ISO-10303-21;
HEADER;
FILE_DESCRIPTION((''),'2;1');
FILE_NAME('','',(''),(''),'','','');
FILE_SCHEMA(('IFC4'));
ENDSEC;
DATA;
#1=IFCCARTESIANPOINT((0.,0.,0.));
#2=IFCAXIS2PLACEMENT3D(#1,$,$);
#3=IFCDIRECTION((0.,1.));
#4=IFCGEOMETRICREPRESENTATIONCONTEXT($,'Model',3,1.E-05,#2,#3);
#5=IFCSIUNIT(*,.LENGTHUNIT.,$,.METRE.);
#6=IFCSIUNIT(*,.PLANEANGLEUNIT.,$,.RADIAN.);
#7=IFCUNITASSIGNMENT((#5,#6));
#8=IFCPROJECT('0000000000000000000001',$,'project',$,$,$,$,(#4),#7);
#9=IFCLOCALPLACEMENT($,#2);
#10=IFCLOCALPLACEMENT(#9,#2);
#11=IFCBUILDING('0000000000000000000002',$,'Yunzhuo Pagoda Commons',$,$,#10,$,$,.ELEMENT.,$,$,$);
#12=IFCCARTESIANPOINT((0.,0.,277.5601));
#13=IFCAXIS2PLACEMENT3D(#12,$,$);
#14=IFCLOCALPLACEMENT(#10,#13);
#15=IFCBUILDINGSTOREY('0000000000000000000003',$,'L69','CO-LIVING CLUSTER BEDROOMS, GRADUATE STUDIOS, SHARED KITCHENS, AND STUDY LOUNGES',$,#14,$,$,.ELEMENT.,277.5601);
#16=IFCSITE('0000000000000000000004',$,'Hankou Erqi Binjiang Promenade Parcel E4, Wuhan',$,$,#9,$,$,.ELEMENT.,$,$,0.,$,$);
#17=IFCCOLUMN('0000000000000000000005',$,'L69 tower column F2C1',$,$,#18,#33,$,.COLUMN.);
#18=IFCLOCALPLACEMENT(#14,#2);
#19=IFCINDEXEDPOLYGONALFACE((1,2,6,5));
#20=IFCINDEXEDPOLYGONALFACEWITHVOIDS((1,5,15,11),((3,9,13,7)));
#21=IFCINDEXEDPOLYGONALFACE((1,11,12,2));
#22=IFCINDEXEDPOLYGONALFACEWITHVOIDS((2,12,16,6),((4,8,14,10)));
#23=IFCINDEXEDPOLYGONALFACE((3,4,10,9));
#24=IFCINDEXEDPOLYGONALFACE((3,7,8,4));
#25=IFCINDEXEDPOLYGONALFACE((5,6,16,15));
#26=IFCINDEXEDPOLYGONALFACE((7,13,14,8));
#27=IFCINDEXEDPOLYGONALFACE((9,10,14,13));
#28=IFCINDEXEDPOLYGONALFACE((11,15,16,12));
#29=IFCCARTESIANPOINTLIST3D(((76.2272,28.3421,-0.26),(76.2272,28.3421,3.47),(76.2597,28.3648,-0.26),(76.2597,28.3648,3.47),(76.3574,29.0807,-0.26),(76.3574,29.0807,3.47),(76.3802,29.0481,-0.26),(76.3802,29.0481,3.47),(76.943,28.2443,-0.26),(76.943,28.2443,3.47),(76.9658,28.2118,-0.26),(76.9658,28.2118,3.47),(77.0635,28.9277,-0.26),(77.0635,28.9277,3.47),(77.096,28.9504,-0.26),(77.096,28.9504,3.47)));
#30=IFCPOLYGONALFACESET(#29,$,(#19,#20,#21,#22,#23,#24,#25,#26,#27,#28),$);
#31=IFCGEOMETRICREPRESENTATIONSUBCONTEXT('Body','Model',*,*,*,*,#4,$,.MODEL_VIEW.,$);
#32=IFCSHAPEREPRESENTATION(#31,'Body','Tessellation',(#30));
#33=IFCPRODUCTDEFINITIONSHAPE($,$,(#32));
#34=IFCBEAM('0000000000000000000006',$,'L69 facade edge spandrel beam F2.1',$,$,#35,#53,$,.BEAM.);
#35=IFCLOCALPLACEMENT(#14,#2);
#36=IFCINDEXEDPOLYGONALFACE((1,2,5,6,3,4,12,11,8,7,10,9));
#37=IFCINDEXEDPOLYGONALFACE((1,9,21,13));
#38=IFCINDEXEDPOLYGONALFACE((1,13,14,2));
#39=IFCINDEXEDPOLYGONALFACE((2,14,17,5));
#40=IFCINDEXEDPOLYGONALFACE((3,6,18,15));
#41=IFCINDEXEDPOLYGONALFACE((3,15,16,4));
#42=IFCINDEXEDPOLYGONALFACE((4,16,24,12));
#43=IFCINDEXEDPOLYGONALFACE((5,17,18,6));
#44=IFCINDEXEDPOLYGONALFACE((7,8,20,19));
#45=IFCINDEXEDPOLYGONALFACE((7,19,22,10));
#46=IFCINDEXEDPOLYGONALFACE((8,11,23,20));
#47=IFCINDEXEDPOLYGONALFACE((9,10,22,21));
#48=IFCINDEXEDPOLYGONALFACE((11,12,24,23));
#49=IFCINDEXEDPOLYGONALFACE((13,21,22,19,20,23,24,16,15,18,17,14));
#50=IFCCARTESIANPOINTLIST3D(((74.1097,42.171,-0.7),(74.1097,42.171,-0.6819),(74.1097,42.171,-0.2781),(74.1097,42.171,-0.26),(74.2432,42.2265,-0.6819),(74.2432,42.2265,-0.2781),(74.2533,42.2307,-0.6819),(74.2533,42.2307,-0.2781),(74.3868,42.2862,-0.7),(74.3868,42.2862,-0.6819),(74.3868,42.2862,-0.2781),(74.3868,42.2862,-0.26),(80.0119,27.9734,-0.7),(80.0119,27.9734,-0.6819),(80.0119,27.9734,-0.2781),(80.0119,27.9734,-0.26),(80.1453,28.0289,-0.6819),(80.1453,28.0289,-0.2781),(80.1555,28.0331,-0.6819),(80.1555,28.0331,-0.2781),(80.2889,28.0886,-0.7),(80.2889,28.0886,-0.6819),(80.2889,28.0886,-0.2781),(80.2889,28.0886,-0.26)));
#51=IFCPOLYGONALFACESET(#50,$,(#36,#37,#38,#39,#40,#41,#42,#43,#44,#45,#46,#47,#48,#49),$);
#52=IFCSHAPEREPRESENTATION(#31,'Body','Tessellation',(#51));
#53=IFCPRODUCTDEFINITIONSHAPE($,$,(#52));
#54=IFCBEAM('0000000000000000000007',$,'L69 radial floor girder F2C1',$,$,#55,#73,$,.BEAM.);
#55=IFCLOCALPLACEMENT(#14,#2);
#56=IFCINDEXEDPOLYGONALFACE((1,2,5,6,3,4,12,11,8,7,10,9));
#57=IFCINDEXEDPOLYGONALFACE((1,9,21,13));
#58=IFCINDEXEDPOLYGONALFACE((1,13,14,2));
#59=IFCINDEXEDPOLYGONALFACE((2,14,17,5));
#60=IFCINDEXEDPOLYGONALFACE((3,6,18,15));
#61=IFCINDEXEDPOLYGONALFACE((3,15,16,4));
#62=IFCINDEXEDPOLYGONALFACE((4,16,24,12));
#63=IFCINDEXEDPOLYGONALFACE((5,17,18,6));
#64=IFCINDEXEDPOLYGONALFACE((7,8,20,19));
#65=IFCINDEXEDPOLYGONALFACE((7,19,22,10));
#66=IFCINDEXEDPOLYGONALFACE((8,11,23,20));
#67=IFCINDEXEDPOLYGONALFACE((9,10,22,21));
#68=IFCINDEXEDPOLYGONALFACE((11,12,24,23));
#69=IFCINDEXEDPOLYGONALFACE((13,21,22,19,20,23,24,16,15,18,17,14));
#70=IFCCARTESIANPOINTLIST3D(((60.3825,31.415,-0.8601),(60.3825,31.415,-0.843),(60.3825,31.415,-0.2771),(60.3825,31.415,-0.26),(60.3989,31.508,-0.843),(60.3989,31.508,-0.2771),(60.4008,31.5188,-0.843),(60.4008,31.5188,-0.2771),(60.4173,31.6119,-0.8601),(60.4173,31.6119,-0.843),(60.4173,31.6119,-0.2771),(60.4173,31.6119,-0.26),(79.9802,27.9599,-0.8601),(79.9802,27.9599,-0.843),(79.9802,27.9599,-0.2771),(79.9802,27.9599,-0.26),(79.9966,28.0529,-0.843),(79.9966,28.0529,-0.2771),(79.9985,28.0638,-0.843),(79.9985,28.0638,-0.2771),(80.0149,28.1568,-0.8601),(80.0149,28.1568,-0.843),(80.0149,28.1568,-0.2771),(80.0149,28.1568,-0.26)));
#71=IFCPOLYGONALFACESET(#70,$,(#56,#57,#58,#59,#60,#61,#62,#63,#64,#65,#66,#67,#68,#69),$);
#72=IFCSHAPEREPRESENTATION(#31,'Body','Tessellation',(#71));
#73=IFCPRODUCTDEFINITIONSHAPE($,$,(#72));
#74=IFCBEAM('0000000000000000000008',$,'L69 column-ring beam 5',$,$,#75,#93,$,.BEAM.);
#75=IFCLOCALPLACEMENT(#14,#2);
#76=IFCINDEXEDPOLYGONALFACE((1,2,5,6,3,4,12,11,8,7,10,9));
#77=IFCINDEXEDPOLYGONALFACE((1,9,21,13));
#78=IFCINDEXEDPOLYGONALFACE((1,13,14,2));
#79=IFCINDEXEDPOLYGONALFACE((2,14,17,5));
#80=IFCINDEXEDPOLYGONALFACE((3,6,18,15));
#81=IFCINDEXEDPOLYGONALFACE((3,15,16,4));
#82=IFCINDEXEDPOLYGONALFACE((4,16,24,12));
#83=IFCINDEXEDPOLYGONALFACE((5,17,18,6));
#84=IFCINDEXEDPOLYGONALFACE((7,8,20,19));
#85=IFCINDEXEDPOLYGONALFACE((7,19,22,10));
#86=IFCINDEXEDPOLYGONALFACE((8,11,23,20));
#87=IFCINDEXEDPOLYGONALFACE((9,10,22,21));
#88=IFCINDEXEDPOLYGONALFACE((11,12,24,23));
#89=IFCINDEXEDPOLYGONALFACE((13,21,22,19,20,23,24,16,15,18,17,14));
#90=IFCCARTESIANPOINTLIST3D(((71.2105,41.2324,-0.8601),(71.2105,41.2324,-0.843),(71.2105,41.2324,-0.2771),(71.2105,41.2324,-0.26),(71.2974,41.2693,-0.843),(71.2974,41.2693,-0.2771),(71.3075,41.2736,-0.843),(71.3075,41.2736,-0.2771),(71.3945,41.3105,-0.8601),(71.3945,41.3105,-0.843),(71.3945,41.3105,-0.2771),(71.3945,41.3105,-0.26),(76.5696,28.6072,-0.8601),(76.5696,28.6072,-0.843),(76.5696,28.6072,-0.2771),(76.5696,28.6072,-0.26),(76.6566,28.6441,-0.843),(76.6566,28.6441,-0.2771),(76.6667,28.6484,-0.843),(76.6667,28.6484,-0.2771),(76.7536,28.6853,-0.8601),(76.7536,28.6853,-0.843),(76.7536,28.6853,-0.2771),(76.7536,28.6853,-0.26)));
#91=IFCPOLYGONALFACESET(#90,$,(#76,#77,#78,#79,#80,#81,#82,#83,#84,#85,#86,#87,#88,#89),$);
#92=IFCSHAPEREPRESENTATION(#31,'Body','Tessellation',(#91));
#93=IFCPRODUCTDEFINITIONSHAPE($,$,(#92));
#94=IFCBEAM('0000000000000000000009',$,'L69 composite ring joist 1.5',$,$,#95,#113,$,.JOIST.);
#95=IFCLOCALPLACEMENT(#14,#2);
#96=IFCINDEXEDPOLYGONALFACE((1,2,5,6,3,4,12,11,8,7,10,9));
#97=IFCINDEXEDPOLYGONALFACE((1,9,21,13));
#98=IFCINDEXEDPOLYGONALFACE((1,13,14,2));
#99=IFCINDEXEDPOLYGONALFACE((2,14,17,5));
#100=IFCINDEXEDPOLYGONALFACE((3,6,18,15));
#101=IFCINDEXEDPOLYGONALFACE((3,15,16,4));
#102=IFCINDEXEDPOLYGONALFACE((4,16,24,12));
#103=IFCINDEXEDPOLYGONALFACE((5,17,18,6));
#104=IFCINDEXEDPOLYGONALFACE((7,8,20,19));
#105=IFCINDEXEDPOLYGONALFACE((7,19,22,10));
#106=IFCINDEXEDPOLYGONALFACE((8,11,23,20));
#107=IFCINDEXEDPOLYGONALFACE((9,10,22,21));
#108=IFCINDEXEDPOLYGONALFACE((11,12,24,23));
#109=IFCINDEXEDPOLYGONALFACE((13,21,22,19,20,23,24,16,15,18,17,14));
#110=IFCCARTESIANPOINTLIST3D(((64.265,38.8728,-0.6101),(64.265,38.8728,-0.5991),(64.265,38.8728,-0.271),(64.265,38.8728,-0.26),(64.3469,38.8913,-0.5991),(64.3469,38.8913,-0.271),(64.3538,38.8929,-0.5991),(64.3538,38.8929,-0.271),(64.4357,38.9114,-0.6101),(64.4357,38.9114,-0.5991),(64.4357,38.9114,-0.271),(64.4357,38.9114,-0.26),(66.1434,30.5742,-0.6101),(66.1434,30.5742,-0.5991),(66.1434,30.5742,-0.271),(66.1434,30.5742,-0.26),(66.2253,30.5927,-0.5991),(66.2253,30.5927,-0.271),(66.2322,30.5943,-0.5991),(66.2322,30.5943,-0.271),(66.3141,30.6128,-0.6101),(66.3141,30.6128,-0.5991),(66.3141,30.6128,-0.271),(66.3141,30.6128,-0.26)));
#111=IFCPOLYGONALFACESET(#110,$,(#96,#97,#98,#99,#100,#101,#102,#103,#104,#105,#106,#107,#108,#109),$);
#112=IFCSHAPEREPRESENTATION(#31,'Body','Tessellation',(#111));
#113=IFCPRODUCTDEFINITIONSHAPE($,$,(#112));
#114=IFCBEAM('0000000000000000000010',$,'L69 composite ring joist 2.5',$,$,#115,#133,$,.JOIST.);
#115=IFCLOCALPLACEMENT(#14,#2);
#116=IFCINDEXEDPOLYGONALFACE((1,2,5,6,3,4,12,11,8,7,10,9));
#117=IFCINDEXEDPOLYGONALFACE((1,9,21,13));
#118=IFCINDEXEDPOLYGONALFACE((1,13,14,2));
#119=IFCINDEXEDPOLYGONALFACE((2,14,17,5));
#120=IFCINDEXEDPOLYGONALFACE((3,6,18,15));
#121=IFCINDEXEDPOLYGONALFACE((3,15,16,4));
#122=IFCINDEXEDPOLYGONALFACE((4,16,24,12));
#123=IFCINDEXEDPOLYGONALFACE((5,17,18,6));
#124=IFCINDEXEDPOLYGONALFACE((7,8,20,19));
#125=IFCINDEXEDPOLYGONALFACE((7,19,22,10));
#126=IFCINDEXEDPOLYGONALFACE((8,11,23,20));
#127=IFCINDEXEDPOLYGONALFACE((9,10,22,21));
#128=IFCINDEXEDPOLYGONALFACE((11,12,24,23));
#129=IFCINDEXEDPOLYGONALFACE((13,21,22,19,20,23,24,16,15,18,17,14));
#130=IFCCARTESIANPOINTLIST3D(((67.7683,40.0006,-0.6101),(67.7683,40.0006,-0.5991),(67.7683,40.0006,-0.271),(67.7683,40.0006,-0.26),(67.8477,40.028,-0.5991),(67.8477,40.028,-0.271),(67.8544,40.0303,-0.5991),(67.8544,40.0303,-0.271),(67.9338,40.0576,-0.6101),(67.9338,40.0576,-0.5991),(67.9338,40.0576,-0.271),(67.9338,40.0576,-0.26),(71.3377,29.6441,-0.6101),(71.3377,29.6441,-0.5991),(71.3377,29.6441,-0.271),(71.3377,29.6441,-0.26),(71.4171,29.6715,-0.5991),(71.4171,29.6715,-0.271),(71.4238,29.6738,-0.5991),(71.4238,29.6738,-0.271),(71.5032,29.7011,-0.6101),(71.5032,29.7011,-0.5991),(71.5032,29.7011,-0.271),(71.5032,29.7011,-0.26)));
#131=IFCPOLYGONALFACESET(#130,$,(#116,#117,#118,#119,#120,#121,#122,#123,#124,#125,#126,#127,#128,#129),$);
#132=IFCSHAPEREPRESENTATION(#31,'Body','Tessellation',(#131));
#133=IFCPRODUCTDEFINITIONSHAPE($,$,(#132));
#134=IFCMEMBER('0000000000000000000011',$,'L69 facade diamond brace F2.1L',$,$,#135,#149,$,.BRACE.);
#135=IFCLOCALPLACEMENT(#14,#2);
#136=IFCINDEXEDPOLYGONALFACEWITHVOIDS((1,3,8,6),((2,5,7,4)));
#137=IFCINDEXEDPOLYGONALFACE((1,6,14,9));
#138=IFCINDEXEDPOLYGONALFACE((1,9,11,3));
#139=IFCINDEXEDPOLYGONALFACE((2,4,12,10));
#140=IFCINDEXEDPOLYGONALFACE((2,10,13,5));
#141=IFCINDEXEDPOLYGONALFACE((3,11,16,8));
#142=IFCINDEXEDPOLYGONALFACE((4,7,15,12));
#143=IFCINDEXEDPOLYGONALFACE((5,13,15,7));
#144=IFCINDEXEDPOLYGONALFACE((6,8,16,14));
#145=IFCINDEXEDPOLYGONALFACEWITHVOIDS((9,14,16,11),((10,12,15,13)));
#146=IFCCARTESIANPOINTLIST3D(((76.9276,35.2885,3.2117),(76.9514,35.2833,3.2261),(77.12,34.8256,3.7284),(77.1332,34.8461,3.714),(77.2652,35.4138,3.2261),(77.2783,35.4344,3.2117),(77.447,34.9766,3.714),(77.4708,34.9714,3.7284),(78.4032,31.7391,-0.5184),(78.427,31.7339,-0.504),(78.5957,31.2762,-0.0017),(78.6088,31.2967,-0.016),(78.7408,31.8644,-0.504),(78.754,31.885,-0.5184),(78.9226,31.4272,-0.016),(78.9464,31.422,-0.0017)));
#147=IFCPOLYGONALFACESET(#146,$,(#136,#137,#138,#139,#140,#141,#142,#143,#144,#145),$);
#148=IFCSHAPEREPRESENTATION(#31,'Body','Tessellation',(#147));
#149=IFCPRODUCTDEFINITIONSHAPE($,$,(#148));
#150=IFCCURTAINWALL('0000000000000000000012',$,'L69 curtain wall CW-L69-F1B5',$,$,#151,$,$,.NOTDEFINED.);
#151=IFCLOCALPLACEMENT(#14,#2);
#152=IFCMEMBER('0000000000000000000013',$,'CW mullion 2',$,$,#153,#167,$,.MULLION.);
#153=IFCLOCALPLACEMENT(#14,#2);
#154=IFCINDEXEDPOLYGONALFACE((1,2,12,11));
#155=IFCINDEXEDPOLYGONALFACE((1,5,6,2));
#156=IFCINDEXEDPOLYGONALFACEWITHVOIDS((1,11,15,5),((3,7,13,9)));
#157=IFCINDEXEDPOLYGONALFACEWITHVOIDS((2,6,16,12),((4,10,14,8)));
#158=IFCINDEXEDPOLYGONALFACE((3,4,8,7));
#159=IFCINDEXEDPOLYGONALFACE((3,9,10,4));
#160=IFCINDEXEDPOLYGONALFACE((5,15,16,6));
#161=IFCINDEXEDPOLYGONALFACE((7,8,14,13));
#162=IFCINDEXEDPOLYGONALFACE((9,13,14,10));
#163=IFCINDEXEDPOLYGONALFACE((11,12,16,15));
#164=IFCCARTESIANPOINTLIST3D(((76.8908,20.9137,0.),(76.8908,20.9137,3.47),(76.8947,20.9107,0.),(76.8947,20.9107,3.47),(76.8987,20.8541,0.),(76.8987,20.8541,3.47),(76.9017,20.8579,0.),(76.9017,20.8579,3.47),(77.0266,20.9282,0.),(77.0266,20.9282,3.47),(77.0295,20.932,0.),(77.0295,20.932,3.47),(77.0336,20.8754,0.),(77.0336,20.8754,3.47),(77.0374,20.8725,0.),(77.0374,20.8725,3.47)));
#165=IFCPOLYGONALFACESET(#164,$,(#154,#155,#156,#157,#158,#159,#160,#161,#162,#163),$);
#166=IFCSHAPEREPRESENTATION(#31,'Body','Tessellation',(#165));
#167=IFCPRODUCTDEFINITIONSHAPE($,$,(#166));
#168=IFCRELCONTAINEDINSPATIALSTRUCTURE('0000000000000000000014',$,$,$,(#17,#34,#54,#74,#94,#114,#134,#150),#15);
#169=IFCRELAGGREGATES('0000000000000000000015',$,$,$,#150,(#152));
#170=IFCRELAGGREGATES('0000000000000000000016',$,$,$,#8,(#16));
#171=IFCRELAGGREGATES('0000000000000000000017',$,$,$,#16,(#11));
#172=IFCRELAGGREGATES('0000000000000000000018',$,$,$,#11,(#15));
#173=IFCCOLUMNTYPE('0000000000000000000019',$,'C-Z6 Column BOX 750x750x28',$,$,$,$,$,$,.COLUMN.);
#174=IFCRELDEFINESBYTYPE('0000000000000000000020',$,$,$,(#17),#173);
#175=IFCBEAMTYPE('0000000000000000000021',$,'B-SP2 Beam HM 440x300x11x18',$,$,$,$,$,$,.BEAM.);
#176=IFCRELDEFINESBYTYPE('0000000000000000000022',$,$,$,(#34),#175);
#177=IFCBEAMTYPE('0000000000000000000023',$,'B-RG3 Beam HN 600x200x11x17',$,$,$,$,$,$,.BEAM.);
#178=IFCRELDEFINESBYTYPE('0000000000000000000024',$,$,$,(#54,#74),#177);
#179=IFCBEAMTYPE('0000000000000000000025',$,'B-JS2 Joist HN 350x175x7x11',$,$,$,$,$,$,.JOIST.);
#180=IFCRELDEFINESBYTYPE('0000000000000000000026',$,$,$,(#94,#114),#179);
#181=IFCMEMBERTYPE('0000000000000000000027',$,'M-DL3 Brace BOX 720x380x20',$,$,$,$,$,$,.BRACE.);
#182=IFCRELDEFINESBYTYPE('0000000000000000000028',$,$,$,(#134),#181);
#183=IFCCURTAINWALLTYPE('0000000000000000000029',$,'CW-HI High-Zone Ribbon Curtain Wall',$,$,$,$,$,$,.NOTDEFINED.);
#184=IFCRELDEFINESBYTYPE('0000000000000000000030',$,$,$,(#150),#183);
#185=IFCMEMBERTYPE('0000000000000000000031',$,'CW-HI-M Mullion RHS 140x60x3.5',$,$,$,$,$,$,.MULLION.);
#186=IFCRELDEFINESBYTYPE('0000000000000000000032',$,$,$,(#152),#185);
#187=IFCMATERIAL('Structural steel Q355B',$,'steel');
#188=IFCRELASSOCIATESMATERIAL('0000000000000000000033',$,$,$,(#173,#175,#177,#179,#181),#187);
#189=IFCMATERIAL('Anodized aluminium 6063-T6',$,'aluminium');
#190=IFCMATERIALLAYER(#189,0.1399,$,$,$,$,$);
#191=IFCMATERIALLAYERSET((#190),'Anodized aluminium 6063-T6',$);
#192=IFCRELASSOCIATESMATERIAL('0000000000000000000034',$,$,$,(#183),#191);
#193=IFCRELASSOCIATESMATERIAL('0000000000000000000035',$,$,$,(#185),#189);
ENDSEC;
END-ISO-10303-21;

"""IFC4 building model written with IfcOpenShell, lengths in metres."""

from ifc_helpers import new_model, si_unit, direction, frame, origin, origin_2d, place, context, subcontext, project, spatial, hollow_rectangle, i_section, extrude, source, transform, mapped, material, layer, layer_set, material_profile, profile_set, type_object, element, aggregate, save


model = new_model("IFC4")

# Units and contexts
model_context = context("Model", 3, precision=1e-05, world=origin(), true_north=direction((0.0, 1.0)))
body_context = subcontext(model_context, "Body", "Model", "MODEL_VIEW")
ifc_project = project(units=[si_unit("LENGTHUNIT", "METRE"), si_unit("PLANEANGLEUNIT", "RADIAN")], contexts=[model_context])

# Site, building, storey
site_placement = place(None, origin())
site = spatial("IfcSite", under=ifc_project, at=site_placement, Name="Hankou Erqi Binjiang Promenade Parcel E4, Wuhan", CompositionType="ELEMENT", RefElevation=0.0)
building_placement = place(site_placement, origin())
building = spatial("IfcBuilding", under=site, at=building_placement, Name="Yunzhuo Pagoda Commons", CompositionType="ELEMENT")
storey_placement = place(building_placement, frame((0.0, 0.0, 277.5601)))
storey = spatial("IfcBuildingStorey", under=building, at=storey_placement, Name="L69", Description="CO-LIVING CLUSTER BEDROOMS, GRADUATE STUDIOS, SHARED KITCHENS, AND STUDY LOUNGES", CompositionType="ELEMENT", Elevation=277.5601)

# Column
ifc_material_1 = material(Name="Structural steel Q355B", Category="steel")
ifc_material_profile_1 = material_profile(ifc_material_1, hollow_rectangle(XDim=0.75, YDim=0.75, WallThickness=0.0281, at=origin_2d()), Name="Structural steel Q355B")
ifc_profile_set_1 = profile_set([ifc_material_profile_1], Name="Structural steel Q355B")
column_type = type_object("IfcColumnType", Name="C-Z6 Column BOX 750x750x28", PredefinedType="COLUMN", material=ifc_profile_set_1)
shared_shape_1 = source(origin(), body_context, "Body", "SweptSolid", [
    extrude(hollow_rectangle(XDim=0.75, YDim=0.75, WallThickness=0.0281, at=origin_2d()), origin(), (0.0, 0.0, 1.0), 3.73),
])
column_placement = place(storey_placement, frame((76.6616, 28.6462, -0.26), z_axis=(0.0, 0.0, 1.0), x_axis=(0.173648, 0.984808, 0.0)))
element("IfcColumn", 1, at=column_placement, inside=storey, type_object=column_type, Name="L69 tower column F2C1", PredefinedType="COLUMN", context=body_context, shape_type="MappedRepresentation", body=[
    mapped(shared_shape_1, transform((0.0, 0.0, 0.0), scale=1.0)),
])

# Beams
ifc_material_profile_2 = material_profile(ifc_material_1, i_section(OverallWidth=0.3, OverallDepth=0.4399, WebThickness=0.011, FlangeThickness=0.0181, at=origin_2d()), Name="Structural steel Q355B")
ifc_profile_set_2 = profile_set([ifc_material_profile_2], Name="Structural steel Q355B")
beam_type_1 = type_object("IfcBeamType", Name="B-SP2 Beam HM 440x300x11x18", PredefinedType="BEAM", material=ifc_profile_set_2)
shared_shape_2 = source(origin(), body_context, "Body", "SweptSolid", [
    extrude(i_section(OverallWidth=0.3, OverallDepth=0.4399, WebThickness=0.011, FlangeThickness=0.0181, at=origin_2d()), origin(), (0.0, 0.0, 1.0), 15.3755),
])
beam_1_placement = place(storey_placement, frame((80.1504, 28.031, -0.48), z_axis=(-0.383865, 0.923389, 0.0), x_axis=(-0.923389, -0.383865, 0.0)))
element("IfcBeam", 2, at=beam_1_placement, inside=storey, type_object=beam_type_1, Name="L69 facade edge spandrel beam F2.1", PredefinedType="BEAM", context=body_context, shape_type="MappedRepresentation", body=[
    mapped(shared_shape_2, transform((0.0, 0.0, 0.0), scale=1.0)),
])
ifc_material_profile_3 = material_profile(ifc_material_1, i_section(OverallWidth=0.2, OverallDepth=0.6001, WebThickness=0.011, FlangeThickness=0.0171, at=origin_2d()), Name="Structural steel Q355B")
ifc_profile_set_3 = profile_set([ifc_material_profile_3], Name="Structural steel Q355B")
beam_type_2 = type_object("IfcBeamType", Name="B-RG3 Beam HN 600x200x11x17", PredefinedType="BEAM", material=ifc_profile_set_3)
shared_shape_3 = source(origin(), body_context, "Body", "SweptSolid", [
    extrude(i_section(OverallWidth=0.2, OverallDepth=0.6001, WebThickness=0.011, FlangeThickness=0.0171, at=origin_2d()), origin(), (0.0, 0.0, 1.0), 19.8999),
])
beam_2_placement = place(storey_placement, frame((79.9976, 28.0583, -0.5601), z_axis=(-0.984812, 0.173623, 0.0), x_axis=(-0.173623, -0.984812, 0.0)))
element("IfcBeam", 3, at=beam_2_placement, inside=storey, type_object=beam_type_2, Name="L69 radial floor girder F2C1", PredefinedType="BEAM", context=body_context, shape_type="MappedRepresentation", body=[
    mapped(shared_shape_3, transform((0.0, 0.0, 0.0), scale=1.0)),
])
shared_shape_4 = source(origin(), body_context, "Body", "SweptSolid", [
    extrude(i_section(OverallWidth=0.2, OverallDepth=0.6001, WebThickness=0.011, FlangeThickness=0.0171, at=origin_2d()), origin(), (0.0, 0.0, 1.0), 13.7156),
])
beam_3_placement = place(storey_placement, frame((76.6616, 28.6462, -0.5601), z_axis=(-0.390733, 0.920504, 0.0), x_axis=(-0.920504, -0.390733, 0.0)))
element("IfcBeam", 4, at=beam_3_placement, inside=storey, type_object=beam_type_2, Name="L69 column-ring beam 5", PredefinedType="BEAM", context=body_context, shape_type="MappedRepresentation", body=[
    mapped(shared_shape_4, transform((0.0, 0.0, 0.0), scale=1.0)),
])
ifc_material_profile_4 = material_profile(ifc_material_1, i_section(OverallWidth=0.175, OverallDepth=0.3501, WebThickness=0.0071, FlangeThickness=0.011, at=origin_2d()), Name="Structural steel Q355B")
ifc_profile_set_4 = profile_set([ifc_material_profile_4], Name="Structural steel Q355B")
beam_type_3 = type_object("IfcBeamType", Name="B-JS2 Joist HN 350x175x7x11", PredefinedType="JOIST", material=ifc_profile_set_4)
shared_shape_5 = source(origin(), body_context, "Body", "SweptSolid", [
    extrude(i_section(OverallWidth=0.175, OverallDepth=0.3501, WebThickness=0.0071, FlangeThickness=0.011, at=origin_2d()), origin(), (0.0, 0.0, 1.0), 8.5085),
])
beam_4_placement = place(storey_placement, frame((66.2288, 30.5935, -0.4351), z_axis=(-0.220769, 0.975326, 0.0), x_axis=(-0.975326, -0.220769, 0.0)))
element("IfcBeam", 5, at=beam_4_placement, inside=storey, type_object=beam_type_3, Name="L69 composite ring joist 1.5", PredefinedType="JOIST", context=body_context, shape_type="MappedRepresentation", body=[
    mapped(shared_shape_5, transform((0.0, 0.0, 0.0), scale=1.0)),
])
shared_shape_6 = source(origin(), body_context, "Body", "SweptSolid", [
    extrude(i_section(OverallWidth=0.175, OverallDepth=0.3501, WebThickness=0.0071, FlangeThickness=0.011, at=origin_2d()), origin(), (0.0, 0.0, 1.0), 10.9543),
])
beam_5_placement = place(storey_placement, frame((71.4204, 29.6726, -0.4351), z_axis=(-0.32584, 0.945425, 0.0), x_axis=(-0.945425, -0.32584, 0.0)))
element("IfcBeam", 6, at=beam_5_placement, inside=storey, type_object=beam_type_3, Name="L69 composite ring joist 2.5", PredefinedType="JOIST", context=body_context, shape_type="MappedRepresentation", body=[
    mapped(shared_shape_6, transform((0.0, 0.0, 0.0), scale=1.0)),
])

# Member
ifc_material_profile_5 = material_profile(ifc_material_1, hollow_rectangle(XDim=0.3799, YDim=0.72, WallThickness=0.02, at=origin_2d()), Name="Structural steel Q355B")
ifc_profile_set_5 = profile_set([ifc_material_profile_5], Name="Structural steel Q355B")
member_type_1 = type_object("IfcMemberType", Name="M-DL3 Brace BOX 720x380x20", PredefinedType="BRACE", material=ifc_profile_set_5)
shared_shape_7 = source(origin(), body_context, "Body", "SweptSolid", [
    extrude(hollow_rectangle(XDim=0.3799, YDim=0.72, WallThickness=0.02, at=origin_2d()), origin(), (0.0, 0.0, 1.0), 5.3562),
])
member_1_placement = place(storey_placement, frame((78.6748, 31.5806, -0.26), z_axis=(-0.275497, 0.662669, 0.696399), x_axis=(-0.923381, -0.383885, 0.0)))
element("IfcMember", 7, at=member_1_placement, inside=storey, type_object=member_type_1, Name="L69 facade diamond brace F2.1L", PredefinedType="BRACE", context=body_context, shape_type="MappedRepresentation", body=[
    mapped(shared_shape_7, transform((0.0, 0.0, 0.0), scale=1.0)),
])

# Curtain wall, member
ifc_material_2 = material(Name="Anodized aluminium 6063-T6", Category="aluminium")
ifc_layer_1 = layer(ifc_material_2, 0.1399)
ifc_layer_set_1 = layer_set([ifc_layer_1], Name="Anodized aluminium 6063-T6")
curtain_wall_type = type_object("IfcCurtainWallType", Name="CW-HI High-Zone Ribbon Curtain Wall", PredefinedType="NOTDEFINED", material=ifc_layer_set_1)
curtain_wall_1_placement = place(storey_placement, origin())
curtain_wall_1 = element("IfcCurtainWall", 8, at=curtain_wall_1_placement, inside=storey, type_object=curtain_wall_type, Name="L69 curtain wall CW-L69-F1B5", PredefinedType="NOTDEFINED")
ifc_material_profile_6 = material_profile(ifc_material_2, hollow_rectangle(XDim=0.0601, YDim=0.1399, WallThickness=0.0034, at=origin_2d()), Name="Anodized aluminium 6063-T6")
ifc_profile_set_6 = profile_set([ifc_material_profile_6], Name="Anodized aluminium 6063-T6")
member_type_2 = type_object("IfcMemberType", Name="CW-HI-M Mullion RHS 140x60x3.5", PredefinedType="MULLION", material=ifc_profile_set_6)
shared_shape_8 = source(origin(), body_context, "Body", "SweptSolid", [
    extrude(hollow_rectangle(XDim=0.0601, YDim=0.1399, WallThickness=0.0034, at=origin_2d()), origin(), (0.0, 0.0, 1.0), 3.47),
])
member_2_placement = place(storey_placement, frame((76.9641, 20.8931, 0.0), z_axis=(0.0, 0.0, 1.0), x_axis=(-0.131311, 0.991341, 0.0)))
member_2 = element("IfcMember", 9, at=member_2_placement, type_object=member_type_2, Name="CW mullion 2", PredefinedType="MULLION", context=body_context, shape_type="MappedRepresentation", body=[
    mapped(shared_shape_8, transform((0.0, 0.0, 0.0), scale=1.0)),
])

aggregate(curtain_wall_1, [member_2])

save(model, "model.ifc")
